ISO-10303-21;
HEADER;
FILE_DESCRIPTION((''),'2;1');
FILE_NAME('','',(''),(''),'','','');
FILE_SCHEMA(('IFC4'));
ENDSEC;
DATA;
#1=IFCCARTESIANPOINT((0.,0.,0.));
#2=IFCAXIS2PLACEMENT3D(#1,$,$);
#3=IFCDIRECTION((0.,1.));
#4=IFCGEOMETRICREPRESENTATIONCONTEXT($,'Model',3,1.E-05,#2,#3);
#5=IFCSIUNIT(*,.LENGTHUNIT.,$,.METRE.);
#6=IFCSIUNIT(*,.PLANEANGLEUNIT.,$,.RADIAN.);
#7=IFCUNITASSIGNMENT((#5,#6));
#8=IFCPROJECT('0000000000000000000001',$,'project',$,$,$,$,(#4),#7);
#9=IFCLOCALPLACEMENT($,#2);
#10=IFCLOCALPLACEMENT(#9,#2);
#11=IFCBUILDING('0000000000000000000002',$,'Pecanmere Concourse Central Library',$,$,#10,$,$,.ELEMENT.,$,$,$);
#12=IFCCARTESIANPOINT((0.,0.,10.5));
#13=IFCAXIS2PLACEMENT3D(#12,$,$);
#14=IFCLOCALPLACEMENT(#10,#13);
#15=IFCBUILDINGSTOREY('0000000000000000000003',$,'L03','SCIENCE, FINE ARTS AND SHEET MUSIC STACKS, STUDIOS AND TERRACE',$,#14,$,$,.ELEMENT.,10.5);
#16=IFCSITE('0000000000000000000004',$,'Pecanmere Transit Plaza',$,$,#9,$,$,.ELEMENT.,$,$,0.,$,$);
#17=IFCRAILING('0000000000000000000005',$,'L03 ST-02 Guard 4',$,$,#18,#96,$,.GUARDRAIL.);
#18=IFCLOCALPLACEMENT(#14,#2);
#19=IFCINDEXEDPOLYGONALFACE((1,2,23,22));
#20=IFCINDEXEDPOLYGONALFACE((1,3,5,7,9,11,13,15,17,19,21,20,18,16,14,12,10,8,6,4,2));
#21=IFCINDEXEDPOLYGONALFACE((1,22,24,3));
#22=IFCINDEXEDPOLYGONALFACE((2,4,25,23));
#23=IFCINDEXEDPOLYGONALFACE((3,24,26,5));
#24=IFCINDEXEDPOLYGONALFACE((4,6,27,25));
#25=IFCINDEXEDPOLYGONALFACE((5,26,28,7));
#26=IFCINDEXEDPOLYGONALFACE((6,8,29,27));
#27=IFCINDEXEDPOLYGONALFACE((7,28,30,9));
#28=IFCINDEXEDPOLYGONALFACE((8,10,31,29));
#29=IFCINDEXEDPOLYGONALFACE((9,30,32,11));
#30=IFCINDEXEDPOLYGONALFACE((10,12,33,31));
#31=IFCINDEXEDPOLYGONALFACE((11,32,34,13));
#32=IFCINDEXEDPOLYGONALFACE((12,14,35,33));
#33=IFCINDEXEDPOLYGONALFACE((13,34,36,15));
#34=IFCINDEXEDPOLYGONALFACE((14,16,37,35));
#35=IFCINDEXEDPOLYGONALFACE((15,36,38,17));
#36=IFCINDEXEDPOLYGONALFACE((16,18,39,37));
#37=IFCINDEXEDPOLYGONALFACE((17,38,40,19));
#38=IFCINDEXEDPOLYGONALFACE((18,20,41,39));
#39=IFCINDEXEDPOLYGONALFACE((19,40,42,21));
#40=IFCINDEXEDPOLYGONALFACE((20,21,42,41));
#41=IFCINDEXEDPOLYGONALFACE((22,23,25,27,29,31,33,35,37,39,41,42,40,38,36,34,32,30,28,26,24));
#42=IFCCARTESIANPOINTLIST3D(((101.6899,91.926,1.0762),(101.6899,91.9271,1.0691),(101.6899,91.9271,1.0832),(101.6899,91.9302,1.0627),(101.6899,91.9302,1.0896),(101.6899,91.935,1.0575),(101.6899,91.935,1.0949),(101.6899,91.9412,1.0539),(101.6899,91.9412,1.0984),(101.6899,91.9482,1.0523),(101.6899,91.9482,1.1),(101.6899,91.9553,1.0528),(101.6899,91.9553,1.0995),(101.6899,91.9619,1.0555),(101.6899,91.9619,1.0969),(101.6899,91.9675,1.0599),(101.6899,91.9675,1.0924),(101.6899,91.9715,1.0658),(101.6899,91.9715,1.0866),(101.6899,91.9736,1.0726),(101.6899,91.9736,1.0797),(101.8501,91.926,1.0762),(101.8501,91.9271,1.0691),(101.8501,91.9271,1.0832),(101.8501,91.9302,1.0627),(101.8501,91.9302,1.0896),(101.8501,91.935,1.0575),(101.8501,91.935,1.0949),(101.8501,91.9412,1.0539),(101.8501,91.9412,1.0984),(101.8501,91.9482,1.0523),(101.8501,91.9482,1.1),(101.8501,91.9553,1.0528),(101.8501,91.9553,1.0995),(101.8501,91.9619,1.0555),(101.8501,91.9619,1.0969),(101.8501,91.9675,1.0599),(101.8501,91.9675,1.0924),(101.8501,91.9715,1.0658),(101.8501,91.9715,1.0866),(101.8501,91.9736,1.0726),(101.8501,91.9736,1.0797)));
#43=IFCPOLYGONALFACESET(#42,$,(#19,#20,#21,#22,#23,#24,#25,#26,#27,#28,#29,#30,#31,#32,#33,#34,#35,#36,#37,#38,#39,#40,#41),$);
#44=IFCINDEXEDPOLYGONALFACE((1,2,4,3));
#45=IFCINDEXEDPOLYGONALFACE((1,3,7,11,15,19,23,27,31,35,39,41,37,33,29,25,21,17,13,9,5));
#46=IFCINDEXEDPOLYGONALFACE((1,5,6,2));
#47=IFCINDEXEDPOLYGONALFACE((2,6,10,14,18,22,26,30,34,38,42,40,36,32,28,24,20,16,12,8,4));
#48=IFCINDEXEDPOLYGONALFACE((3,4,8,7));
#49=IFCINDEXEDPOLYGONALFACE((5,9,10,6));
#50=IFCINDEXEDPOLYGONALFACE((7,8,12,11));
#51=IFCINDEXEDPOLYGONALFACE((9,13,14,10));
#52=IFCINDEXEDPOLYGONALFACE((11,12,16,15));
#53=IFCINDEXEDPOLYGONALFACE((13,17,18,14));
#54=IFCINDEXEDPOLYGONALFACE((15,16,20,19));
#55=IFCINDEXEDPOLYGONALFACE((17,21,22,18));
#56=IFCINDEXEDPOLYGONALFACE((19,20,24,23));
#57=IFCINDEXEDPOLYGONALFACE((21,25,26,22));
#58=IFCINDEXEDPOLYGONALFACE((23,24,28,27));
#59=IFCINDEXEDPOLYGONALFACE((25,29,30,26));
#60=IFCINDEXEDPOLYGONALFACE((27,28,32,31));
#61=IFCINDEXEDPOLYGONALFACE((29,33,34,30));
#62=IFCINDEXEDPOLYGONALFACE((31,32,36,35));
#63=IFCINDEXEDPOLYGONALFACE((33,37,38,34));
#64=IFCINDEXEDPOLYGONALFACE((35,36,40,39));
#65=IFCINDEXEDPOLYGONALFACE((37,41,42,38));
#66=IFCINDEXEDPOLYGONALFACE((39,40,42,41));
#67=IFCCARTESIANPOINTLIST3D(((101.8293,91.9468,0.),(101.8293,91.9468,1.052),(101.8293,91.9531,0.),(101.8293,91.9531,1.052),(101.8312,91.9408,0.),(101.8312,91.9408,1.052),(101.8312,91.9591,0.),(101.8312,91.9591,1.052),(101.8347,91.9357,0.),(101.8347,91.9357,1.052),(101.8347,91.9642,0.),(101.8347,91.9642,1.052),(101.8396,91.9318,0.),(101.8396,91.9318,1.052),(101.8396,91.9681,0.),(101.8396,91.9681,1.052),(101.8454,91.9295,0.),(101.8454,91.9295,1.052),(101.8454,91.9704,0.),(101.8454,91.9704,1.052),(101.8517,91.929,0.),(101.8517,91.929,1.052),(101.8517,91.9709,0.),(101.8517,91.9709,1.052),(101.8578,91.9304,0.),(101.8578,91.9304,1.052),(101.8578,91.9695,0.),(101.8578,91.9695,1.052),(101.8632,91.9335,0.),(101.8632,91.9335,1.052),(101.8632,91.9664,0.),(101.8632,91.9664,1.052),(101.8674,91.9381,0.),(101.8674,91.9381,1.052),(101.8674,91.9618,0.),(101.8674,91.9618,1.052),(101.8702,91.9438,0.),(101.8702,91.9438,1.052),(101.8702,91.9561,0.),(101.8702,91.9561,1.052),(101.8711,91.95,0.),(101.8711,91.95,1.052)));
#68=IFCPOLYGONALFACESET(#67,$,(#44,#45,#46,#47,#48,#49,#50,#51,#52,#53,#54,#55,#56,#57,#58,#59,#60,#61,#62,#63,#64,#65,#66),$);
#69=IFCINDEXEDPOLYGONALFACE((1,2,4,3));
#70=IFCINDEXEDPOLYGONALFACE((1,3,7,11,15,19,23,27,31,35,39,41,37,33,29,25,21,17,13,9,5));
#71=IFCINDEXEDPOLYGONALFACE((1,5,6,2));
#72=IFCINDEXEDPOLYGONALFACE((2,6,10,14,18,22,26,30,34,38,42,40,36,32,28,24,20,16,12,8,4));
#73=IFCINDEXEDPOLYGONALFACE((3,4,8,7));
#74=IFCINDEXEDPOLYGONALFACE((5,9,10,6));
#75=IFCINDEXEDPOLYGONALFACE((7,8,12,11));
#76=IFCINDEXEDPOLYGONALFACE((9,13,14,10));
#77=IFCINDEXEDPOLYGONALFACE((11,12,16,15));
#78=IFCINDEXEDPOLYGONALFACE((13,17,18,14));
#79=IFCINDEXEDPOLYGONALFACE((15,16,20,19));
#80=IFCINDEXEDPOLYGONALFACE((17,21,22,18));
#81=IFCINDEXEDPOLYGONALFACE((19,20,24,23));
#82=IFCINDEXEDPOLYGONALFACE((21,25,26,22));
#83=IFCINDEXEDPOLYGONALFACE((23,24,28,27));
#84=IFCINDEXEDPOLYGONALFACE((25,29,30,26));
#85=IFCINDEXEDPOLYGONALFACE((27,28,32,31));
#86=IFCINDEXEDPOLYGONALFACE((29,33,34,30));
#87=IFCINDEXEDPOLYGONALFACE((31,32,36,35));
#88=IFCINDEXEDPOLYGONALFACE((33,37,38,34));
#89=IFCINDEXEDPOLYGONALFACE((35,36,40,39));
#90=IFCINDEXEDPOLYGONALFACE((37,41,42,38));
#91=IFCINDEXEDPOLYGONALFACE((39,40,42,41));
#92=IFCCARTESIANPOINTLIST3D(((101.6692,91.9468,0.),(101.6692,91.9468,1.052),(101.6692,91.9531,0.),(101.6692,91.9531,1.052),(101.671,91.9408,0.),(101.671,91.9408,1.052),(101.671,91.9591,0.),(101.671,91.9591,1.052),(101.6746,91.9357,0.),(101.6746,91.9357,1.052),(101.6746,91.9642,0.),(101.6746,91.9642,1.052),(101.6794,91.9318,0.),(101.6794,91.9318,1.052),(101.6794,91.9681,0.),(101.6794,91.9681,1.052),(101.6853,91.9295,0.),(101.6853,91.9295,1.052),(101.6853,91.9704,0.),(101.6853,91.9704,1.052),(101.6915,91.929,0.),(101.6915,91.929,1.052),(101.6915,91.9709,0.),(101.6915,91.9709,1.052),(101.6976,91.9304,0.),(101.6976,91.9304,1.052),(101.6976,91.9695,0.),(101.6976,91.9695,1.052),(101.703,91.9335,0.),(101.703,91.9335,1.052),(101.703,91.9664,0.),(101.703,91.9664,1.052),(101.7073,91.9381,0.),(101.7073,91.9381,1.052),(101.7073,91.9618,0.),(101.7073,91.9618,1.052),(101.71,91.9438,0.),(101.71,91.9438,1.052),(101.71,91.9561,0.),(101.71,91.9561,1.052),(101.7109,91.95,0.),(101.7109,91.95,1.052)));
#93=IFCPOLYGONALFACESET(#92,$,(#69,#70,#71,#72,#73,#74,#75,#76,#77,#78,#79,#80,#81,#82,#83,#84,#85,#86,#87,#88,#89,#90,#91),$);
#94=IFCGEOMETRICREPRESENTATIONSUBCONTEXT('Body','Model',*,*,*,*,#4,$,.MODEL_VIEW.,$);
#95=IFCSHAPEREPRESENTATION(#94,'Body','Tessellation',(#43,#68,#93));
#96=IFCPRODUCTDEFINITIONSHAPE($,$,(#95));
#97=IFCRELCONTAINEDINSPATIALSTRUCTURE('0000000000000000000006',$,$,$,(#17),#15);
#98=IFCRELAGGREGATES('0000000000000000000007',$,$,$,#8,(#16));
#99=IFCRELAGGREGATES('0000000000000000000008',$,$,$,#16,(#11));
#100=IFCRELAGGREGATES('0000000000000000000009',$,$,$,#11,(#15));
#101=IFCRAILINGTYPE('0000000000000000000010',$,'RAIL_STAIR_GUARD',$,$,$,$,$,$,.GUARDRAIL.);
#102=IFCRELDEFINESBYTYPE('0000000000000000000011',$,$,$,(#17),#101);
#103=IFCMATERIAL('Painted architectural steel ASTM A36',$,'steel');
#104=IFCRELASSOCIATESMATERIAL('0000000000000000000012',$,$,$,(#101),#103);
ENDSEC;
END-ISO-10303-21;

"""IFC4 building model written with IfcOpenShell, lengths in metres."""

from ifc_helpers import new_model, si_unit, direction, frame, origin, origin_2d, place, context, subcontext, project, spatial, circle, extrude, material, type_object, element, save


model = new_model("IFC4")

# Units and contexts
model_context = context("Model", 3, precision=1e-05, world=origin(), true_north=direction((0.0, 1.0)))
body_context = subcontext(model_context, "Body", "Model", "MODEL_VIEW")
ifc_project = project(units=[si_unit("LENGTHUNIT", "METRE"), si_unit("PLANEANGLEUNIT", "RADIAN")], contexts=[model_context])

# Site, building, storey
site_placement = place(None, origin())
site = spatial("IfcSite", under=ifc_project, at=site_placement, Name="Pecanmere Transit Plaza", CompositionType="ELEMENT", RefElevation=0.0)
building_placement = place(site_placement, origin())
building = spatial("IfcBuilding", under=site, at=building_placement, Name="Pecanmere Concourse Central Library", CompositionType="ELEMENT")
storey_placement = place(building_placement, frame((0.0, 0.0, 10.5)))
storey = spatial("IfcBuildingStorey", under=building, at=storey_placement, Name="L03", Description="SCIENCE, FINE ARTS AND SHEET MUSIC STACKS, STUDIOS AND TERRACE", CompositionType="ELEMENT", Elevation=10.5)

# Railing
ifc_material_1 = material(Name="Painted architectural steel ASTM A36", Category="steel")
railing_type = type_object("IfcRailingType", Name="RAIL_STAIR_GUARD", PredefinedType="GUARDRAIL", material=ifc_material_1)
railing_1_placement = place(storey_placement, frame((101.8501, 91.95, 0.0)))
element("IfcRailing", 1, at=railing_1_placement, inside=storey, type_object=railing_type, Name="L03 ST-02 Guard 4", PredefinedType="GUARDRAIL", context=body_context, shape_type="SweptSolid", body=[
    extrude(circle(Radius=0.0239, at=origin_2d()), frame((0.0, 0.0, 1.0762), z_axis=(-1.0, 0.0, 0.0), x_axis=(0.0, -1.0, 0.0)), (0.0, 0.0, 1.0), 0.1602),
    extrude(circle(Radius=0.021, at=origin_2d()), origin(), (0.0, 0.0, 1.0), 1.052),
    extrude(circle(Radius=0.021, at=origin_2d()), frame((-0.1602, 0.0, 0.0)), (0.0, 0.0, 1.0), 1.052),
])

save(model, "model.ifc")
